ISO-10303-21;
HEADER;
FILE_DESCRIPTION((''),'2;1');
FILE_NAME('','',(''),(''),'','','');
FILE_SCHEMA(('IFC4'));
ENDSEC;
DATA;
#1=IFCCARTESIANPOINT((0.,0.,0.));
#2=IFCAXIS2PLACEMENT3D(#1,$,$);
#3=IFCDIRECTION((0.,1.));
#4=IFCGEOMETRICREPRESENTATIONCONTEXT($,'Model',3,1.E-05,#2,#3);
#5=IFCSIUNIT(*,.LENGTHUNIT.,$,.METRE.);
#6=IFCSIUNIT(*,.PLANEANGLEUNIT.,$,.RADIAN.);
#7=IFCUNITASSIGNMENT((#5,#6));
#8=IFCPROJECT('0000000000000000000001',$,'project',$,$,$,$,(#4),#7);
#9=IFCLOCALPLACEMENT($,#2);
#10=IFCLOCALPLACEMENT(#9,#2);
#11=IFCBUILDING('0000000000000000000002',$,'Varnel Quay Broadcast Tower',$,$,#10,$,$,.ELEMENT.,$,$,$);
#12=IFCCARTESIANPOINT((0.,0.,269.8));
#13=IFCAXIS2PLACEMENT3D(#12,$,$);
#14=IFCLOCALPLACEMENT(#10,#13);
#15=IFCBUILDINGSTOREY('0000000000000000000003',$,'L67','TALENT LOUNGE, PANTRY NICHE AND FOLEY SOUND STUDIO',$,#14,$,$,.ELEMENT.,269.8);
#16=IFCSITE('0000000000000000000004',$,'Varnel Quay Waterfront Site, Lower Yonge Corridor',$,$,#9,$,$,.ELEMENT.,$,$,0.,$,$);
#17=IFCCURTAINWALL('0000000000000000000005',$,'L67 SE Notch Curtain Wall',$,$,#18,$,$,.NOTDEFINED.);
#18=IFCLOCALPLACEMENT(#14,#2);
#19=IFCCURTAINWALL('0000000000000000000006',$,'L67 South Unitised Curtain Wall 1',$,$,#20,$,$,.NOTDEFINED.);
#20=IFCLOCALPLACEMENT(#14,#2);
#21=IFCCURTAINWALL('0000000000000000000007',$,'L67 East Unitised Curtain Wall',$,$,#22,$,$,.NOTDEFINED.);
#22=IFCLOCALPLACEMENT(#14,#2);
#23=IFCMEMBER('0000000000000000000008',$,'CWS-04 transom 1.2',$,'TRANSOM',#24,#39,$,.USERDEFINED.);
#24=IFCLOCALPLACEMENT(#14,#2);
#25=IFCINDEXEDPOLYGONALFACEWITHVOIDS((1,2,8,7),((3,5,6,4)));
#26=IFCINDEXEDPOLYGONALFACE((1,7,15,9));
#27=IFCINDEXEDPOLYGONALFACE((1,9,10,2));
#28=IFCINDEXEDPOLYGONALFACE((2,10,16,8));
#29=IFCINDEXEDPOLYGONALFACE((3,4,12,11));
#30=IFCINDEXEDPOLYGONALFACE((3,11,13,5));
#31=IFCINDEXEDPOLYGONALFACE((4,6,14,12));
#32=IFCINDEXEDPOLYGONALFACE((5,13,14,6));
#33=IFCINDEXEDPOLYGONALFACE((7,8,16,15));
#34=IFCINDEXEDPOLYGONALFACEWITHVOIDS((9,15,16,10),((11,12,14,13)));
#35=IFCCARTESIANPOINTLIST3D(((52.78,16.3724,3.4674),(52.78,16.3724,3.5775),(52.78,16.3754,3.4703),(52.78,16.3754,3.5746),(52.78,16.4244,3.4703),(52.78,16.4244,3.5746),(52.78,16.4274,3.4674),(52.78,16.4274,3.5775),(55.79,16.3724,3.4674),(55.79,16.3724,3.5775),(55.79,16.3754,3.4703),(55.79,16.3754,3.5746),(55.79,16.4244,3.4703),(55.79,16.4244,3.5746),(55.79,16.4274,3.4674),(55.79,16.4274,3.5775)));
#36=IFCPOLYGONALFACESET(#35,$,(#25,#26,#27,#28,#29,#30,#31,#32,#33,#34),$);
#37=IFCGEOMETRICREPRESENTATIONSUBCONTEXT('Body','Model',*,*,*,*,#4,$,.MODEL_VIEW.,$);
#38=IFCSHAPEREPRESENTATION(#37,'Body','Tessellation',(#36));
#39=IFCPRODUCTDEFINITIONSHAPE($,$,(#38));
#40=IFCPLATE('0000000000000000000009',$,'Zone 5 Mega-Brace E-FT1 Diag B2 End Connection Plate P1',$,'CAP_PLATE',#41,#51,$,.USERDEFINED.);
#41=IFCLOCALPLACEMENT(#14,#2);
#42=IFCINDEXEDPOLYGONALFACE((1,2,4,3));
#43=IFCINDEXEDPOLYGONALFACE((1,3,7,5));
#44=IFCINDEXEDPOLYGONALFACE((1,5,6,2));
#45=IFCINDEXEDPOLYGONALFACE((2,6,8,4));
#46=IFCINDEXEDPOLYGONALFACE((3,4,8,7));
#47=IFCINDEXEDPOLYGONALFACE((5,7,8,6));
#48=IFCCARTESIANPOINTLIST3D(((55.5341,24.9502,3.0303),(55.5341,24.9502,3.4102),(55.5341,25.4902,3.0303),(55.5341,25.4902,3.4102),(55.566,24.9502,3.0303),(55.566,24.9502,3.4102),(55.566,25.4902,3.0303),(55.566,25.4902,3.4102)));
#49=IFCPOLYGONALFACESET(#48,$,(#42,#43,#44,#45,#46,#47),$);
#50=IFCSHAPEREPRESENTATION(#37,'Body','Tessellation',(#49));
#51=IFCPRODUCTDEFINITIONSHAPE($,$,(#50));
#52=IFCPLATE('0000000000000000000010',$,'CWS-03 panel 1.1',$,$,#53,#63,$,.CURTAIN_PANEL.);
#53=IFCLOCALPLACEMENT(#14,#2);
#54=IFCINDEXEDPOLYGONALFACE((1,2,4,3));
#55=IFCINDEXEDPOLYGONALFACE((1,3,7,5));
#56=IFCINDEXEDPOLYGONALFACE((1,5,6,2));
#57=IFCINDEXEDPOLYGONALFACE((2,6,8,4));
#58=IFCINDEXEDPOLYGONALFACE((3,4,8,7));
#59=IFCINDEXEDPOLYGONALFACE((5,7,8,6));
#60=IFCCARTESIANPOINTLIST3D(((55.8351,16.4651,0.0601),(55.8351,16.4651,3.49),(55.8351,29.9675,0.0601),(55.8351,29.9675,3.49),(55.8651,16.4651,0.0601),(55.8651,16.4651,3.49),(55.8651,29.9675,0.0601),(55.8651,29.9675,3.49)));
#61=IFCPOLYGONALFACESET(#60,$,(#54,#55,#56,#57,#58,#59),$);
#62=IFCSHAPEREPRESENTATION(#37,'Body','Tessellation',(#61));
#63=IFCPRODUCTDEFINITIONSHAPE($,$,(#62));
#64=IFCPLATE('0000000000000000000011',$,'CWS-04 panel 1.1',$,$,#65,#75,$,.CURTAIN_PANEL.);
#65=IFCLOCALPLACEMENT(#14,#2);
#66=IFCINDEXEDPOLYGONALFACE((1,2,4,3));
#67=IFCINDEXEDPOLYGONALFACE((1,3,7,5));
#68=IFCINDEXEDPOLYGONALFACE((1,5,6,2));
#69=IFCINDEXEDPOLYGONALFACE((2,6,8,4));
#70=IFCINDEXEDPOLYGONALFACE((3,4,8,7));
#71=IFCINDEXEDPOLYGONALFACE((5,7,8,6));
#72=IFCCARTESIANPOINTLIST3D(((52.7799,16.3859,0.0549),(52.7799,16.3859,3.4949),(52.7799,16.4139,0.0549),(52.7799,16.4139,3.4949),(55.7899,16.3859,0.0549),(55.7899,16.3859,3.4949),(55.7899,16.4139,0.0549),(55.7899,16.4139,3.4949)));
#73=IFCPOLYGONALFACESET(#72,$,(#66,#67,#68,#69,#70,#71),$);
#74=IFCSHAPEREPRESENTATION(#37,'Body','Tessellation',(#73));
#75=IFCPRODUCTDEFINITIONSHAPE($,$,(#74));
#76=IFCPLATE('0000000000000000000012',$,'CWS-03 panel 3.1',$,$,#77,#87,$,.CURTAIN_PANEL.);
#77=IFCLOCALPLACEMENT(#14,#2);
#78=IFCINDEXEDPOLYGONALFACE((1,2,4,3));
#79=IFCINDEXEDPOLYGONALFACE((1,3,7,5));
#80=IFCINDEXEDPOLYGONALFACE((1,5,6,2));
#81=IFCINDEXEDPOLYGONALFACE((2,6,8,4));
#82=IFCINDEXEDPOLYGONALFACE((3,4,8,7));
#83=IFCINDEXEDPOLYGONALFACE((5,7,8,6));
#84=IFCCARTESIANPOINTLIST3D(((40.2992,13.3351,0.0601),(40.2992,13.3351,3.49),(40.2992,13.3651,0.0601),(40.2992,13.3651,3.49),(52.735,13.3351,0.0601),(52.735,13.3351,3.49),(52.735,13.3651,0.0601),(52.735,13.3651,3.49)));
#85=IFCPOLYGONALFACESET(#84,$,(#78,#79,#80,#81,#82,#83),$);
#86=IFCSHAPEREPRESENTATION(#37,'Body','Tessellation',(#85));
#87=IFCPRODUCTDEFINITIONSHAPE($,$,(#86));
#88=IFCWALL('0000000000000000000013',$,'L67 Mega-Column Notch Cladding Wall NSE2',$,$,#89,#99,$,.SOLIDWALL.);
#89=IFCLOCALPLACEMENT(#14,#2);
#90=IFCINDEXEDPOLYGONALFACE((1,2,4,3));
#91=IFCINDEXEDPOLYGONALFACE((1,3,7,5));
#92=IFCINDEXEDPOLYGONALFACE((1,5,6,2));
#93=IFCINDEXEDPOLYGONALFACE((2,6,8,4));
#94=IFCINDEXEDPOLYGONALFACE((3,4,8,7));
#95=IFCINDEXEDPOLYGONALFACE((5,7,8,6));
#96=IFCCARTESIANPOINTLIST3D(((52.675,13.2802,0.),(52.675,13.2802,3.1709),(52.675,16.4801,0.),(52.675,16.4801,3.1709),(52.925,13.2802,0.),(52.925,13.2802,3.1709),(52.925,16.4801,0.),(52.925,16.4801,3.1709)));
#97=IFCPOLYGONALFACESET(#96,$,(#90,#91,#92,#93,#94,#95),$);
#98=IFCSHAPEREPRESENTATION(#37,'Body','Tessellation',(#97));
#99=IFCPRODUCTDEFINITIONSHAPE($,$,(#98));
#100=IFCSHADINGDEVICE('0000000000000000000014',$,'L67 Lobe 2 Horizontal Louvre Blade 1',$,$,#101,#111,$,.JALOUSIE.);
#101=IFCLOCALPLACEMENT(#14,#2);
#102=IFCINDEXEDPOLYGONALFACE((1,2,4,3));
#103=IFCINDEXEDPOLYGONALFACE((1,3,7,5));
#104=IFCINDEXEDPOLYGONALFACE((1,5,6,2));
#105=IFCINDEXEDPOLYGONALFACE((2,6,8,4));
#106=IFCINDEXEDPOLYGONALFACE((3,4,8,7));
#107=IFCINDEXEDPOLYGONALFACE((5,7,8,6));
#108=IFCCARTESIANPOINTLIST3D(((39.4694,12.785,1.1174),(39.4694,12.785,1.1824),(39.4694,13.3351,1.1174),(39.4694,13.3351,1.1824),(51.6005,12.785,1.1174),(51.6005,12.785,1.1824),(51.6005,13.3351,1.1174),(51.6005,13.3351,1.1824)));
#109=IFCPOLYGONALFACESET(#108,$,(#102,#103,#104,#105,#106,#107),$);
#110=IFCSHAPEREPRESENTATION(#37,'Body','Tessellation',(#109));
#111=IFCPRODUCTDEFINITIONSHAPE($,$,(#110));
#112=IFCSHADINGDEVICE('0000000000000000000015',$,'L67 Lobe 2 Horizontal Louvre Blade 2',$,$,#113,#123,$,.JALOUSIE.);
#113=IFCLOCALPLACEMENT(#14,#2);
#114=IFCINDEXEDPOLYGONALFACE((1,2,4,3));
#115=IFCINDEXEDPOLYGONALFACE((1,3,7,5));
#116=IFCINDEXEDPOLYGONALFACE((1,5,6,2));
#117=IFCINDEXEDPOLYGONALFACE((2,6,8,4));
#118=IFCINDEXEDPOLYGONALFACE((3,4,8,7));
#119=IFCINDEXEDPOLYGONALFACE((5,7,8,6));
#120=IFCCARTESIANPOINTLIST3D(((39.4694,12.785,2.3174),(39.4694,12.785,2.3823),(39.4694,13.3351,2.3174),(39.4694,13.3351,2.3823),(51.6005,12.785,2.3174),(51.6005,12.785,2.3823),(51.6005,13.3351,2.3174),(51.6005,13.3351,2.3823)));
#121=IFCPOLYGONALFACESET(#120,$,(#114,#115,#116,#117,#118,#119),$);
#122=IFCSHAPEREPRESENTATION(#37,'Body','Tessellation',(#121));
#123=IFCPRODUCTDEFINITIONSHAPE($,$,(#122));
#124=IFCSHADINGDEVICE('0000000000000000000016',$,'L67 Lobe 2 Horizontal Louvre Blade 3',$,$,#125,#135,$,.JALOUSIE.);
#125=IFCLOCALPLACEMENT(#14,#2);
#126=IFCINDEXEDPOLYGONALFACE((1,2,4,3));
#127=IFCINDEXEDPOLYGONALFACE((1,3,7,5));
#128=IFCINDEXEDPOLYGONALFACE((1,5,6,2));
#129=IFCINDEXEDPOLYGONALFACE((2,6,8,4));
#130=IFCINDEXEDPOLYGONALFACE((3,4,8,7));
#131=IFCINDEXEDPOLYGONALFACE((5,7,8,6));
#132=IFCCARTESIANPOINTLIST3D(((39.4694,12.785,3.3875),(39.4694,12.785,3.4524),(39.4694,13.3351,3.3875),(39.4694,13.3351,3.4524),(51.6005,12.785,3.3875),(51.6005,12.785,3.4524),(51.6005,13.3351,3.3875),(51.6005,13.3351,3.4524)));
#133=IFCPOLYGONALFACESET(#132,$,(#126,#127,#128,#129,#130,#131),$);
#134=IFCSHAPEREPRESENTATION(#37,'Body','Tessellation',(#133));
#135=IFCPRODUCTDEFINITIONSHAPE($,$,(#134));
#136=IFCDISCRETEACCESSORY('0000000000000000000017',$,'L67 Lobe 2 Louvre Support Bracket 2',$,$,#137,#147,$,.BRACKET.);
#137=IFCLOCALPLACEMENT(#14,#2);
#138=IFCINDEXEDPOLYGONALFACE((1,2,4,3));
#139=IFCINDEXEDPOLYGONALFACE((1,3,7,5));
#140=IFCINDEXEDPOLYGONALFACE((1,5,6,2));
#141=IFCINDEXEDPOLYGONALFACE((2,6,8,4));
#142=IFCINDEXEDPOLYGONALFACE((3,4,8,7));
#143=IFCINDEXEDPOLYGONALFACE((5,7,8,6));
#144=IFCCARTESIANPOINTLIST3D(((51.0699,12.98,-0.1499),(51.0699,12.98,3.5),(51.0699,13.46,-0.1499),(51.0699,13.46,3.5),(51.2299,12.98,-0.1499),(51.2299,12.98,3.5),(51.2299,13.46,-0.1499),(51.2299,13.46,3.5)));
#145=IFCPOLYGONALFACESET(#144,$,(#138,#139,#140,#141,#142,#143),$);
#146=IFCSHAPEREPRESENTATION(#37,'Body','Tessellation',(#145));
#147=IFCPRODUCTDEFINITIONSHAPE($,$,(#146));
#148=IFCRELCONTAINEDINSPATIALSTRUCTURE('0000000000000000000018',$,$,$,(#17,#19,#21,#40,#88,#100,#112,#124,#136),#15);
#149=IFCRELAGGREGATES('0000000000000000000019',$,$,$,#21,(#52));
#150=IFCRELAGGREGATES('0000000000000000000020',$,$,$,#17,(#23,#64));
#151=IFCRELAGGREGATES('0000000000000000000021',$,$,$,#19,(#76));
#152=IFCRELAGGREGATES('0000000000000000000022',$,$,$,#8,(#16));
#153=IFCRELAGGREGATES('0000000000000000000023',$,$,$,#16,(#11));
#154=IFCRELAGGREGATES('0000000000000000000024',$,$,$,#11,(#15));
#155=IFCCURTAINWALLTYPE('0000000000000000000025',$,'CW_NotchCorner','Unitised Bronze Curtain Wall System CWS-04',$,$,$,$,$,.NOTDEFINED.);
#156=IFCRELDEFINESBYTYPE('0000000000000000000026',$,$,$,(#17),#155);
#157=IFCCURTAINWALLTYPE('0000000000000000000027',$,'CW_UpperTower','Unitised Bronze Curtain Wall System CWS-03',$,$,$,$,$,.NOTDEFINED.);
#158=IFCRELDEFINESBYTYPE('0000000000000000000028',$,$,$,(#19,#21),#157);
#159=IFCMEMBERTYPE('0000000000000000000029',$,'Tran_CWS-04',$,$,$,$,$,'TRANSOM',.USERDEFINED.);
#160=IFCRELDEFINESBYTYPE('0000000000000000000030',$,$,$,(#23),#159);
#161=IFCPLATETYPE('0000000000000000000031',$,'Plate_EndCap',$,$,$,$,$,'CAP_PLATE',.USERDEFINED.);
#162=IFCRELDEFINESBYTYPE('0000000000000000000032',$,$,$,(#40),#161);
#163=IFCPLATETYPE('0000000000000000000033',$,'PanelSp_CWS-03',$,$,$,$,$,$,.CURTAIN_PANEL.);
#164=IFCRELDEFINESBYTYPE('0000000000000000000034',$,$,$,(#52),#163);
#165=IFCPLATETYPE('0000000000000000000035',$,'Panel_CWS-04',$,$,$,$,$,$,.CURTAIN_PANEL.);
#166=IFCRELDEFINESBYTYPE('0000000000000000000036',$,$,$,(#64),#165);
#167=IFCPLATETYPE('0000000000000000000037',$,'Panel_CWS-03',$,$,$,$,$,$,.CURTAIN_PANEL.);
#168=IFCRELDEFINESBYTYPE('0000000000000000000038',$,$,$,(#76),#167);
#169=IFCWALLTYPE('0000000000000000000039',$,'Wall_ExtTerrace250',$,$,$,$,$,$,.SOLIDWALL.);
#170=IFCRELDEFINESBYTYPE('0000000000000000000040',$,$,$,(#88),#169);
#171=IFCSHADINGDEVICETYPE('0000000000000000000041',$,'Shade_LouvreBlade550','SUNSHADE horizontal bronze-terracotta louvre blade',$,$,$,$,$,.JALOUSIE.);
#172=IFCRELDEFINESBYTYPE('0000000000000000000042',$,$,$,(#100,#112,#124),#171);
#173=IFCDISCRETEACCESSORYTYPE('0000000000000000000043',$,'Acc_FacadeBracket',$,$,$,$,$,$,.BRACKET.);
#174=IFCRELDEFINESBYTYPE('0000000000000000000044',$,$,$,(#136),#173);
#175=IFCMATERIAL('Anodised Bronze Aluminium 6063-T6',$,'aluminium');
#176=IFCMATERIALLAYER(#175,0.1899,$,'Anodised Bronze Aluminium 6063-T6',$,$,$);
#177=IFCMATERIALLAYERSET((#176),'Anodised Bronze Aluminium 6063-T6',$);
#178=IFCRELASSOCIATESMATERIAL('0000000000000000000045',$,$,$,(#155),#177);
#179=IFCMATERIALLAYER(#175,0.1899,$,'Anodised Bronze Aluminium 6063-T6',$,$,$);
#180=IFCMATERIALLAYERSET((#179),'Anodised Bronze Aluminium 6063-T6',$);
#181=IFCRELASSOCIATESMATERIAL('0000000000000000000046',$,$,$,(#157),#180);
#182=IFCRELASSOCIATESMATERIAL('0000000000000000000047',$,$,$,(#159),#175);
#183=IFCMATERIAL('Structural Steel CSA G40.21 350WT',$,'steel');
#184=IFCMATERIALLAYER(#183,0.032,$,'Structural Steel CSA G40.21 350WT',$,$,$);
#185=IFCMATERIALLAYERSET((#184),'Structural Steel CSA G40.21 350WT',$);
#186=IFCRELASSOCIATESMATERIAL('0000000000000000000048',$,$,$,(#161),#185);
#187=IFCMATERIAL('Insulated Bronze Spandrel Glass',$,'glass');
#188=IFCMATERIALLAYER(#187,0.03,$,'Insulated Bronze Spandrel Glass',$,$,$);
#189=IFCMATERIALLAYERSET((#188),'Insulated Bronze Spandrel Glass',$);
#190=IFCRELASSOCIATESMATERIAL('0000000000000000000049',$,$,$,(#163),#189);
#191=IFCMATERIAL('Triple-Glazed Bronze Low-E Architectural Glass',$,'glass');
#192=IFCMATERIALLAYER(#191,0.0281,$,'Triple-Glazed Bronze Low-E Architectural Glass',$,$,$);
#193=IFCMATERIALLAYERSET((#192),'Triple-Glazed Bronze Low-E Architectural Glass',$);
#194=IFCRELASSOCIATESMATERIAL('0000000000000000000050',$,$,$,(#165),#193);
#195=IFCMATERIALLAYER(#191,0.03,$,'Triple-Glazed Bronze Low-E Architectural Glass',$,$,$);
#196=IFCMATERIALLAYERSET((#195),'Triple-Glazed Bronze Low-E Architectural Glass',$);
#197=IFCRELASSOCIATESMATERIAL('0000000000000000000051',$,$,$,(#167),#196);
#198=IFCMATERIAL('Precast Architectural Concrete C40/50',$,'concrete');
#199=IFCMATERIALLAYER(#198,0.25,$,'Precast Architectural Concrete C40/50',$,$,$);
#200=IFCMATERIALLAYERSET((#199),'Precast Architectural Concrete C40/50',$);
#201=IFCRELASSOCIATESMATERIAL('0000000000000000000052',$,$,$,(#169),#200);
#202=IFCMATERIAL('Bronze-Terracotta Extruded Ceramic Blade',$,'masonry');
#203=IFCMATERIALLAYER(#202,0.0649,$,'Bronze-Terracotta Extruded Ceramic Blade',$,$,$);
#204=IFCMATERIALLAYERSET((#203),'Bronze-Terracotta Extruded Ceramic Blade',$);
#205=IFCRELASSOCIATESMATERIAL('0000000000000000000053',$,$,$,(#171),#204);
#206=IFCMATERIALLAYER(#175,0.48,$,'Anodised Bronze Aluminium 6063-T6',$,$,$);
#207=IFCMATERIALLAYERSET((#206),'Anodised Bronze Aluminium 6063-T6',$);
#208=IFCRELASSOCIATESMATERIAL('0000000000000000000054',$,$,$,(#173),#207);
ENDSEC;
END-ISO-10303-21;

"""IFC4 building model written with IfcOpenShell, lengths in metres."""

from ifc_helpers import new_model, si_unit, direction, frame, frame_2d, origin, origin_2d, place, context, subcontext, project, spatial, rectangle, hollow_rectangle, extrude, source, transform, mapped, material, layer, layer_set, material_profile, profile_set, type_object, type_shapes, element, aggregate, save


model = new_model("IFC4")

# Units and contexts
model_context = context("Model", 3, precision=1e-05, world=origin(), true_north=direction((0.0, 1.0)))
body_context = subcontext(model_context, "Body", "Model", "MODEL_VIEW")
ifc_project = project(units=[si_unit("LENGTHUNIT", "METRE"), si_unit("PLANEANGLEUNIT", "RADIAN")], contexts=[model_context])

# Site, building, storey
site_placement = place(None, origin())
site = spatial("IfcSite", under=ifc_project, at=site_placement, Name="Varnel Quay Waterfront Site, Lower Yonge Corridor", CompositionType="ELEMENT", RefElevation=0.0)
building_placement = place(site_placement, origin())
building = spatial("IfcBuilding", under=site, at=building_placement, Name="Varnel Quay Broadcast Tower", CompositionType="ELEMENT")
storey_placement = place(building_placement, frame((0.0, 0.0, 269.8)))
storey = spatial("IfcBuildingStorey", under=building, at=storey_placement, Name="L67", Description="TALENT LOUNGE, PANTRY NICHE AND FOLEY SOUND STUDIO", CompositionType="ELEMENT", Elevation=269.8)

# Shared definitions
ifc_material_1 = material(Name="Structural Steel CSA G40.21 350WT", Category="steel")

# Curtain wall
ifc_material_2 = material(Name="Anodised Bronze Aluminium 6063-T6", Category="aluminium")
ifc_layer_1 = layer(ifc_material_2, 0.1899, Name="Anodised Bronze Aluminium 6063-T6")
ifc_layer_set_1 = layer_set([ifc_layer_1], Name="Anodised Bronze Aluminium 6063-T6")
curtain_wall_type_1 = type_object("IfcCurtainWallType", Name="CW_NotchCorner", Description="Unitised Bronze Curtain Wall System CWS-04", PredefinedType="NOTDEFINED", material=ifc_layer_set_1)
curtain_wall_1_placement = place(storey_placement, origin())
curtain_wall_1 = element("IfcCurtainWall", 1, at=curtain_wall_1_placement, inside=storey, type_object=curtain_wall_type_1, Name="L67 SE Notch Curtain Wall", PredefinedType="NOTDEFINED")

# Curtain wall
ifc_layer_2 = layer(ifc_material_2, 0.1899, Name="Anodised Bronze Aluminium 6063-T6")
ifc_layer_set_2 = layer_set([ifc_layer_2], Name="Anodised Bronze Aluminium 6063-T6")
curtain_wall_type_2 = type_object("IfcCurtainWallType", Name="CW_UpperTower", Description="Unitised Bronze Curtain Wall System CWS-03", PredefinedType="NOTDEFINED", material=ifc_layer_set_2)
curtain_wall_2_placement = place(storey_placement, origin())
curtain_wall_2 = element("IfcCurtainWall", 2, at=curtain_wall_2_placement, inside=storey, type_object=curtain_wall_type_2, Name="L67 South Unitised Curtain Wall 1", PredefinedType="NOTDEFINED")

# Curtain wall
curtain_wall_3_placement = place(storey_placement, origin())
curtain_wall_3 = element("IfcCurtainWall", 3, at=curtain_wall_3_placement, inside=storey, type_object=curtain_wall_type_2, Name="L67 East Unitised Curtain Wall", PredefinedType="NOTDEFINED")

# Member
ifc_material_profile_1 = material_profile(ifc_material_2, hollow_rectangle(XDim=0.0549, YDim=0.1101, WallThickness=0.0029, at=origin_2d()), Name="ALU55X110X3")
ifc_profile_set_1 = profile_set([ifc_material_profile_1], Name="Anodised Bronze Aluminium 6063-T6")
member_type_1 = type_object("IfcMemberType", Name="Tran_CWS-04", ElementType="TRANSOM", PredefinedType="USERDEFINED", material=ifc_profile_set_1)
shared_shape_1 = source(origin(), body_context, "Body", "SweptSolid", [
    extrude(hollow_rectangle(XDim=0.0549, YDim=0.1101, WallThickness=0.0029, at=origin_2d()), origin(), (0.0, 0.0, 1.0), 3.01),
])
type_shapes(member_type_1, [shared_shape_1])
member_1_placement = place(storey_placement, frame((52.78, 16.3999, 3.5225), z_axis=(1.0, 0.0, 0.0), x_axis=(0.0, 1.0, 0.0)))
member_1 = element("IfcMember", 4, at=member_1_placement, type_object=member_type_1, Name="CWS-04 transom 1.2", ObjectType="TRANSOM", PredefinedType="USERDEFINED", context=body_context, shape_type="MappedRepresentation", body=[
    mapped(shared_shape_1, transform((0.0, 0.0, 0.0), x_axis=(1.0, 0.0, 0.0), y_axis=(0.0, 1.0, 0.0), z_axis=(0.0, 0.0, 1.0), scale=1.0)),
])

# Plates
ifc_layer_3 = layer(ifc_material_1, 0.032, Name="Structural Steel CSA G40.21 350WT")
ifc_layer_set_3 = layer_set([ifc_layer_3], Name="Structural Steel CSA G40.21 350WT")
plate_type_1 = type_object("IfcPlateType", Name="Plate_EndCap", ElementType="CAP_PLATE", PredefinedType="USERDEFINED", material=ifc_layer_set_3)
shared_shape_2 = source(origin(), body_context, "Body", "SweptSolid", [
    extrude(rectangle(XDim=0.54, YDim=0.032, at=origin_2d()), origin(), (0.0, 0.0, 1.0), 0.3799),
])
type_shapes(plate_type_1, [shared_shape_2])
plate_1_placement = place(storey_placement, frame((55.55, 25.2202, 3.0303), z_axis=(0.0, 0.0, 1.0), x_axis=(0.0, 1.0, 0.0)))
element("IfcPlate", 5, at=plate_1_placement, inside=storey, type_object=plate_type_1, Name="Zone 5 Mega-Brace E-FT1 Diag B2 End Connection Plate P1", ObjectType="CAP_PLATE", PredefinedType="USERDEFINED", context=body_context, shape_type="MappedRepresentation", body=[
    mapped(shared_shape_2, transform((0.0, 0.0, 0.0), x_axis=(1.0, 0.0, 0.0), y_axis=(0.0, 1.0, 0.0), z_axis=(0.0, 0.0, 1.0), scale=1.0)),
])
ifc_material_3 = material(Name="Insulated Bronze Spandrel Glass", Category="glass")
ifc_layer_4 = layer(ifc_material_3, 0.03, Name="Insulated Bronze Spandrel Glass")
ifc_layer_set_4 = layer_set([ifc_layer_4], Name="Insulated Bronze Spandrel Glass")
plate_type_2 = type_object("IfcPlateType", Name="PanelSp_CWS-03", PredefinedType="CURTAIN_PANEL", material=ifc_layer_set_4)
shared_shape_3 = source(origin(), body_context, "Body", "SweptSolid", [
    extrude(rectangle(XDim=13.5024, YDim=0.03, at=origin_2d()), origin(), (0.0, 0.0, 1.0), 3.4299),
])
type_shapes(plate_type_2, [shared_shape_3])
plate_2_placement = place(storey_placement, frame((55.8501, 23.2163, 0.0601), z_axis=(0.0, 0.0, 1.0), x_axis=(0.0, 1.0, 0.0)))
plate_2 = element("IfcPlate", 6, at=plate_2_placement, type_object=plate_type_2, Name="CWS-03 panel 1.1", PredefinedType="CURTAIN_PANEL", context=body_context, shape_type="MappedRepresentation", body=[
    mapped(shared_shape_3, transform((0.0, 0.0, 0.0), x_axis=(1.0, 0.0, 0.0), y_axis=(0.0, 1.0, 0.0), z_axis=(0.0, 0.0, 1.0), scale=1.0)),
])
aggregate(curtain_wall_3, [plate_2])
ifc_material_4 = material(Name="Triple-Glazed Bronze Low-E Architectural Glass", Category="glass")
ifc_layer_5 = layer(ifc_material_4, 0.0281, Name="Triple-Glazed Bronze Low-E Architectural Glass")
ifc_layer_set_5 = layer_set([ifc_layer_5], Name="Triple-Glazed Bronze Low-E Architectural Glass")
plate_type_3 = type_object("IfcPlateType", Name="Panel_CWS-04", PredefinedType="CURTAIN_PANEL", material=ifc_layer_set_5)
shared_shape_4 = source(origin(), body_context, "Body", "SweptSolid", [
    extrude(rectangle(XDim=3.01, YDim=0.0281, at=origin_2d()), origin(), (0.0, 0.0, 1.0), 3.4399),
])
type_shapes(plate_type_3, [shared_shape_4])
plate_3_placement = place(storey_placement, frame((54.2849, 16.3999, 0.0549), z_axis=(0.0, 0.0, 1.0), x_axis=(1.0, 0.0, 0.0)))
plate_3 = element("IfcPlate", 7, at=plate_3_placement, type_object=plate_type_3, Name="CWS-04 panel 1.1", PredefinedType="CURTAIN_PANEL", context=body_context, shape_type="MappedRepresentation", body=[
    mapped(shared_shape_4, transform((0.0, 0.0, 0.0), x_axis=(1.0, 0.0, 0.0), y_axis=(0.0, 1.0, 0.0), z_axis=(0.0, 0.0, 1.0), scale=1.0)),
])
aggregate(curtain_wall_1, [member_1, plate_3])
ifc_layer_6 = layer(ifc_material_4, 0.03, Name="Triple-Glazed Bronze Low-E Architectural Glass")
ifc_layer_set_6 = layer_set([ifc_layer_6], Name="Triple-Glazed Bronze Low-E Architectural Glass")
plate_type_4 = type_object("IfcPlateType", Name="Panel_CWS-03", PredefinedType="CURTAIN_PANEL", material=ifc_layer_set_6)
shared_shape_5 = source(origin(), body_context, "Body", "SweptSolid", [
    extrude(rectangle(XDim=12.4358, YDim=0.03, at=origin_2d()), origin(), (0.0, 0.0, 1.0), 3.4299),
])
type_shapes(plate_type_4, [shared_shape_5])
plate_4_placement = place(storey_placement, frame((46.5171, 13.3501, 0.0601), z_axis=(0.0, 0.0, 1.0), x_axis=(1.0, 0.0, 0.0)))
plate_4 = element("IfcPlate", 8, at=plate_4_placement, type_object=plate_type_4, Name="CWS-03 panel 3.1", PredefinedType="CURTAIN_PANEL", context=body_context, shape_type="MappedRepresentation", body=[
    mapped(shared_shape_5, transform((0.0, 0.0, 0.0), x_axis=(1.0, 0.0, 0.0), y_axis=(0.0, 1.0, 0.0), z_axis=(0.0, 0.0, 1.0), scale=1.0)),
])
aggregate(curtain_wall_2, [plate_4])

# Wall
ifc_material_5 = material(Name="Precast Architectural Concrete C40/50", Category="concrete")
ifc_layer_7 = layer(ifc_material_5, 0.25, Name="Precast Architectural Concrete C40/50")
ifc_layer_set_7 = layer_set([ifc_layer_7], Name="Precast Architectural Concrete C40/50")
wall_type = type_object("IfcWallType", Name="Wall_ExtTerrace250", PredefinedType="SOLIDWALL", material=ifc_layer_set_7)
wall_placement = place(storey_placement, frame((52.8, 13.28, 0.0), z_axis=(0.0, 0.0, 1.0), x_axis=(0.0, 1.0, 0.0)))
element("IfcWall", 9, at=wall_placement, inside=storey, type_object=wall_type, Name="L67 Mega-Column Notch Cladding Wall NSE2", PredefinedType="SOLIDWALL", context=body_context, shape_type="SweptSolid", body=[
    extrude(rectangle(XDim=3.2, YDim=0.25, at=frame_2d((1.6001, 0.0))), origin(), (0.0, 0.0, 1.0), 3.1709),
])

# Shading devices
ifc_material_6 = material(Name="Bronze-Terracotta Extruded Ceramic Blade", Category="masonry")
ifc_layer_8 = layer(ifc_material_6, 0.0649, Name="Bronze-Terracotta Extruded Ceramic Blade")
ifc_layer_set_8 = layer_set([ifc_layer_8], Name="Bronze-Terracotta Extruded Ceramic Blade")
shading_device_type = type_object("IfcShadingDeviceType", Name="Shade_LouvreBlade550", Description="SUNSHADE horizontal bronze-terracotta louvre blade", PredefinedType="JALOUSIE", material=ifc_layer_set_8)
shared_shape_6 = source(origin(), body_context, "Body", "SweptSolid", [
    extrude(rectangle(XDim=12.1311, YDim=0.55, at=origin_2d()), origin(), (0.0, 0.0, 1.0), 0.0649),
])
type_shapes(shading_device_type, [shared_shape_6])
for number, where, z_axis, x_axis, name in (
    (10, (45.5349, 13.0601, 1.1174), (0.0, 0.0, 1.0), (1.0, 0.0, 0.0), "L67 Lobe 2 Horizontal Louvre Blade 1"),
    (11, (45.5349, 13.0601, 2.3174), (0.0, 0.0, 1.0), (1.0, 0.0, 0.0), "L67 Lobe 2 Horizontal Louvre Blade 2"),
    (12, (45.5349, 13.0601, 3.3875), (0.0, 0.0, 1.0), (1.0, 0.0, 0.0), "L67 Lobe 2 Horizontal Louvre Blade 3"),
):
    element("IfcShadingDevice", number, at=place(storey_placement, frame(where, z_axis=z_axis, x_axis=x_axis)), inside=storey, type_object=shading_device_type, Name=name, PredefinedType="JALOUSIE", context=body_context, shape_type="MappedRepresentation", body=[
        mapped(shared_shape_6, transform((0.0, 0.0, 0.0), x_axis=(1.0, 0.0, 0.0), y_axis=(0.0, 1.0, 0.0), z_axis=(0.0, 0.0, 1.0), scale=1.0)),
    ])

# Discrete accessory
ifc_layer_9 = layer(ifc_material_2, 0.48, Name="Anodised Bronze Aluminium 6063-T6")
ifc_layer_set_9 = layer_set([ifc_layer_9], Name="Anodised Bronze Aluminium 6063-T6")
discrete_accessory_type = type_object("IfcDiscreteAccessoryType", Name="Acc_FacadeBracket", PredefinedType="BRACKET", material=ifc_layer_set_9)
shared_shape_7 = source(origin(), body_context, "Body", "SweptSolid", [
    extrude(rectangle(XDim=0.1599, YDim=0.48, at=origin_2d()), origin(), (0.0, 0.0, 1.0), 3.6499),
])
type_shapes(discrete_accessory_type, [shared_shape_7])
discrete_accessory_placement = place(storey_placement, frame((51.1499, 13.22, -0.1499), z_axis=(0.0, 0.0, 1.0), x_axis=(1.0, 0.0, 0.0)))
element("IfcDiscreteAccessory", 13, at=discrete_accessory_placement, inside=storey, type_object=discrete_accessory_type, Name="L67 Lobe 2 Louvre Support Bracket 2", PredefinedType="BRACKET", context=body_context, shape_type="MappedRepresentation", body=[
    mapped(shared_shape_7, transform((0.0, 0.0, 0.0), x_axis=(1.0, 0.0, 0.0), y_axis=(0.0, 1.0, 0.0), z_axis=(0.0, 0.0, 1.0), scale=1.0)),
])

save(model, "model.ifc")
